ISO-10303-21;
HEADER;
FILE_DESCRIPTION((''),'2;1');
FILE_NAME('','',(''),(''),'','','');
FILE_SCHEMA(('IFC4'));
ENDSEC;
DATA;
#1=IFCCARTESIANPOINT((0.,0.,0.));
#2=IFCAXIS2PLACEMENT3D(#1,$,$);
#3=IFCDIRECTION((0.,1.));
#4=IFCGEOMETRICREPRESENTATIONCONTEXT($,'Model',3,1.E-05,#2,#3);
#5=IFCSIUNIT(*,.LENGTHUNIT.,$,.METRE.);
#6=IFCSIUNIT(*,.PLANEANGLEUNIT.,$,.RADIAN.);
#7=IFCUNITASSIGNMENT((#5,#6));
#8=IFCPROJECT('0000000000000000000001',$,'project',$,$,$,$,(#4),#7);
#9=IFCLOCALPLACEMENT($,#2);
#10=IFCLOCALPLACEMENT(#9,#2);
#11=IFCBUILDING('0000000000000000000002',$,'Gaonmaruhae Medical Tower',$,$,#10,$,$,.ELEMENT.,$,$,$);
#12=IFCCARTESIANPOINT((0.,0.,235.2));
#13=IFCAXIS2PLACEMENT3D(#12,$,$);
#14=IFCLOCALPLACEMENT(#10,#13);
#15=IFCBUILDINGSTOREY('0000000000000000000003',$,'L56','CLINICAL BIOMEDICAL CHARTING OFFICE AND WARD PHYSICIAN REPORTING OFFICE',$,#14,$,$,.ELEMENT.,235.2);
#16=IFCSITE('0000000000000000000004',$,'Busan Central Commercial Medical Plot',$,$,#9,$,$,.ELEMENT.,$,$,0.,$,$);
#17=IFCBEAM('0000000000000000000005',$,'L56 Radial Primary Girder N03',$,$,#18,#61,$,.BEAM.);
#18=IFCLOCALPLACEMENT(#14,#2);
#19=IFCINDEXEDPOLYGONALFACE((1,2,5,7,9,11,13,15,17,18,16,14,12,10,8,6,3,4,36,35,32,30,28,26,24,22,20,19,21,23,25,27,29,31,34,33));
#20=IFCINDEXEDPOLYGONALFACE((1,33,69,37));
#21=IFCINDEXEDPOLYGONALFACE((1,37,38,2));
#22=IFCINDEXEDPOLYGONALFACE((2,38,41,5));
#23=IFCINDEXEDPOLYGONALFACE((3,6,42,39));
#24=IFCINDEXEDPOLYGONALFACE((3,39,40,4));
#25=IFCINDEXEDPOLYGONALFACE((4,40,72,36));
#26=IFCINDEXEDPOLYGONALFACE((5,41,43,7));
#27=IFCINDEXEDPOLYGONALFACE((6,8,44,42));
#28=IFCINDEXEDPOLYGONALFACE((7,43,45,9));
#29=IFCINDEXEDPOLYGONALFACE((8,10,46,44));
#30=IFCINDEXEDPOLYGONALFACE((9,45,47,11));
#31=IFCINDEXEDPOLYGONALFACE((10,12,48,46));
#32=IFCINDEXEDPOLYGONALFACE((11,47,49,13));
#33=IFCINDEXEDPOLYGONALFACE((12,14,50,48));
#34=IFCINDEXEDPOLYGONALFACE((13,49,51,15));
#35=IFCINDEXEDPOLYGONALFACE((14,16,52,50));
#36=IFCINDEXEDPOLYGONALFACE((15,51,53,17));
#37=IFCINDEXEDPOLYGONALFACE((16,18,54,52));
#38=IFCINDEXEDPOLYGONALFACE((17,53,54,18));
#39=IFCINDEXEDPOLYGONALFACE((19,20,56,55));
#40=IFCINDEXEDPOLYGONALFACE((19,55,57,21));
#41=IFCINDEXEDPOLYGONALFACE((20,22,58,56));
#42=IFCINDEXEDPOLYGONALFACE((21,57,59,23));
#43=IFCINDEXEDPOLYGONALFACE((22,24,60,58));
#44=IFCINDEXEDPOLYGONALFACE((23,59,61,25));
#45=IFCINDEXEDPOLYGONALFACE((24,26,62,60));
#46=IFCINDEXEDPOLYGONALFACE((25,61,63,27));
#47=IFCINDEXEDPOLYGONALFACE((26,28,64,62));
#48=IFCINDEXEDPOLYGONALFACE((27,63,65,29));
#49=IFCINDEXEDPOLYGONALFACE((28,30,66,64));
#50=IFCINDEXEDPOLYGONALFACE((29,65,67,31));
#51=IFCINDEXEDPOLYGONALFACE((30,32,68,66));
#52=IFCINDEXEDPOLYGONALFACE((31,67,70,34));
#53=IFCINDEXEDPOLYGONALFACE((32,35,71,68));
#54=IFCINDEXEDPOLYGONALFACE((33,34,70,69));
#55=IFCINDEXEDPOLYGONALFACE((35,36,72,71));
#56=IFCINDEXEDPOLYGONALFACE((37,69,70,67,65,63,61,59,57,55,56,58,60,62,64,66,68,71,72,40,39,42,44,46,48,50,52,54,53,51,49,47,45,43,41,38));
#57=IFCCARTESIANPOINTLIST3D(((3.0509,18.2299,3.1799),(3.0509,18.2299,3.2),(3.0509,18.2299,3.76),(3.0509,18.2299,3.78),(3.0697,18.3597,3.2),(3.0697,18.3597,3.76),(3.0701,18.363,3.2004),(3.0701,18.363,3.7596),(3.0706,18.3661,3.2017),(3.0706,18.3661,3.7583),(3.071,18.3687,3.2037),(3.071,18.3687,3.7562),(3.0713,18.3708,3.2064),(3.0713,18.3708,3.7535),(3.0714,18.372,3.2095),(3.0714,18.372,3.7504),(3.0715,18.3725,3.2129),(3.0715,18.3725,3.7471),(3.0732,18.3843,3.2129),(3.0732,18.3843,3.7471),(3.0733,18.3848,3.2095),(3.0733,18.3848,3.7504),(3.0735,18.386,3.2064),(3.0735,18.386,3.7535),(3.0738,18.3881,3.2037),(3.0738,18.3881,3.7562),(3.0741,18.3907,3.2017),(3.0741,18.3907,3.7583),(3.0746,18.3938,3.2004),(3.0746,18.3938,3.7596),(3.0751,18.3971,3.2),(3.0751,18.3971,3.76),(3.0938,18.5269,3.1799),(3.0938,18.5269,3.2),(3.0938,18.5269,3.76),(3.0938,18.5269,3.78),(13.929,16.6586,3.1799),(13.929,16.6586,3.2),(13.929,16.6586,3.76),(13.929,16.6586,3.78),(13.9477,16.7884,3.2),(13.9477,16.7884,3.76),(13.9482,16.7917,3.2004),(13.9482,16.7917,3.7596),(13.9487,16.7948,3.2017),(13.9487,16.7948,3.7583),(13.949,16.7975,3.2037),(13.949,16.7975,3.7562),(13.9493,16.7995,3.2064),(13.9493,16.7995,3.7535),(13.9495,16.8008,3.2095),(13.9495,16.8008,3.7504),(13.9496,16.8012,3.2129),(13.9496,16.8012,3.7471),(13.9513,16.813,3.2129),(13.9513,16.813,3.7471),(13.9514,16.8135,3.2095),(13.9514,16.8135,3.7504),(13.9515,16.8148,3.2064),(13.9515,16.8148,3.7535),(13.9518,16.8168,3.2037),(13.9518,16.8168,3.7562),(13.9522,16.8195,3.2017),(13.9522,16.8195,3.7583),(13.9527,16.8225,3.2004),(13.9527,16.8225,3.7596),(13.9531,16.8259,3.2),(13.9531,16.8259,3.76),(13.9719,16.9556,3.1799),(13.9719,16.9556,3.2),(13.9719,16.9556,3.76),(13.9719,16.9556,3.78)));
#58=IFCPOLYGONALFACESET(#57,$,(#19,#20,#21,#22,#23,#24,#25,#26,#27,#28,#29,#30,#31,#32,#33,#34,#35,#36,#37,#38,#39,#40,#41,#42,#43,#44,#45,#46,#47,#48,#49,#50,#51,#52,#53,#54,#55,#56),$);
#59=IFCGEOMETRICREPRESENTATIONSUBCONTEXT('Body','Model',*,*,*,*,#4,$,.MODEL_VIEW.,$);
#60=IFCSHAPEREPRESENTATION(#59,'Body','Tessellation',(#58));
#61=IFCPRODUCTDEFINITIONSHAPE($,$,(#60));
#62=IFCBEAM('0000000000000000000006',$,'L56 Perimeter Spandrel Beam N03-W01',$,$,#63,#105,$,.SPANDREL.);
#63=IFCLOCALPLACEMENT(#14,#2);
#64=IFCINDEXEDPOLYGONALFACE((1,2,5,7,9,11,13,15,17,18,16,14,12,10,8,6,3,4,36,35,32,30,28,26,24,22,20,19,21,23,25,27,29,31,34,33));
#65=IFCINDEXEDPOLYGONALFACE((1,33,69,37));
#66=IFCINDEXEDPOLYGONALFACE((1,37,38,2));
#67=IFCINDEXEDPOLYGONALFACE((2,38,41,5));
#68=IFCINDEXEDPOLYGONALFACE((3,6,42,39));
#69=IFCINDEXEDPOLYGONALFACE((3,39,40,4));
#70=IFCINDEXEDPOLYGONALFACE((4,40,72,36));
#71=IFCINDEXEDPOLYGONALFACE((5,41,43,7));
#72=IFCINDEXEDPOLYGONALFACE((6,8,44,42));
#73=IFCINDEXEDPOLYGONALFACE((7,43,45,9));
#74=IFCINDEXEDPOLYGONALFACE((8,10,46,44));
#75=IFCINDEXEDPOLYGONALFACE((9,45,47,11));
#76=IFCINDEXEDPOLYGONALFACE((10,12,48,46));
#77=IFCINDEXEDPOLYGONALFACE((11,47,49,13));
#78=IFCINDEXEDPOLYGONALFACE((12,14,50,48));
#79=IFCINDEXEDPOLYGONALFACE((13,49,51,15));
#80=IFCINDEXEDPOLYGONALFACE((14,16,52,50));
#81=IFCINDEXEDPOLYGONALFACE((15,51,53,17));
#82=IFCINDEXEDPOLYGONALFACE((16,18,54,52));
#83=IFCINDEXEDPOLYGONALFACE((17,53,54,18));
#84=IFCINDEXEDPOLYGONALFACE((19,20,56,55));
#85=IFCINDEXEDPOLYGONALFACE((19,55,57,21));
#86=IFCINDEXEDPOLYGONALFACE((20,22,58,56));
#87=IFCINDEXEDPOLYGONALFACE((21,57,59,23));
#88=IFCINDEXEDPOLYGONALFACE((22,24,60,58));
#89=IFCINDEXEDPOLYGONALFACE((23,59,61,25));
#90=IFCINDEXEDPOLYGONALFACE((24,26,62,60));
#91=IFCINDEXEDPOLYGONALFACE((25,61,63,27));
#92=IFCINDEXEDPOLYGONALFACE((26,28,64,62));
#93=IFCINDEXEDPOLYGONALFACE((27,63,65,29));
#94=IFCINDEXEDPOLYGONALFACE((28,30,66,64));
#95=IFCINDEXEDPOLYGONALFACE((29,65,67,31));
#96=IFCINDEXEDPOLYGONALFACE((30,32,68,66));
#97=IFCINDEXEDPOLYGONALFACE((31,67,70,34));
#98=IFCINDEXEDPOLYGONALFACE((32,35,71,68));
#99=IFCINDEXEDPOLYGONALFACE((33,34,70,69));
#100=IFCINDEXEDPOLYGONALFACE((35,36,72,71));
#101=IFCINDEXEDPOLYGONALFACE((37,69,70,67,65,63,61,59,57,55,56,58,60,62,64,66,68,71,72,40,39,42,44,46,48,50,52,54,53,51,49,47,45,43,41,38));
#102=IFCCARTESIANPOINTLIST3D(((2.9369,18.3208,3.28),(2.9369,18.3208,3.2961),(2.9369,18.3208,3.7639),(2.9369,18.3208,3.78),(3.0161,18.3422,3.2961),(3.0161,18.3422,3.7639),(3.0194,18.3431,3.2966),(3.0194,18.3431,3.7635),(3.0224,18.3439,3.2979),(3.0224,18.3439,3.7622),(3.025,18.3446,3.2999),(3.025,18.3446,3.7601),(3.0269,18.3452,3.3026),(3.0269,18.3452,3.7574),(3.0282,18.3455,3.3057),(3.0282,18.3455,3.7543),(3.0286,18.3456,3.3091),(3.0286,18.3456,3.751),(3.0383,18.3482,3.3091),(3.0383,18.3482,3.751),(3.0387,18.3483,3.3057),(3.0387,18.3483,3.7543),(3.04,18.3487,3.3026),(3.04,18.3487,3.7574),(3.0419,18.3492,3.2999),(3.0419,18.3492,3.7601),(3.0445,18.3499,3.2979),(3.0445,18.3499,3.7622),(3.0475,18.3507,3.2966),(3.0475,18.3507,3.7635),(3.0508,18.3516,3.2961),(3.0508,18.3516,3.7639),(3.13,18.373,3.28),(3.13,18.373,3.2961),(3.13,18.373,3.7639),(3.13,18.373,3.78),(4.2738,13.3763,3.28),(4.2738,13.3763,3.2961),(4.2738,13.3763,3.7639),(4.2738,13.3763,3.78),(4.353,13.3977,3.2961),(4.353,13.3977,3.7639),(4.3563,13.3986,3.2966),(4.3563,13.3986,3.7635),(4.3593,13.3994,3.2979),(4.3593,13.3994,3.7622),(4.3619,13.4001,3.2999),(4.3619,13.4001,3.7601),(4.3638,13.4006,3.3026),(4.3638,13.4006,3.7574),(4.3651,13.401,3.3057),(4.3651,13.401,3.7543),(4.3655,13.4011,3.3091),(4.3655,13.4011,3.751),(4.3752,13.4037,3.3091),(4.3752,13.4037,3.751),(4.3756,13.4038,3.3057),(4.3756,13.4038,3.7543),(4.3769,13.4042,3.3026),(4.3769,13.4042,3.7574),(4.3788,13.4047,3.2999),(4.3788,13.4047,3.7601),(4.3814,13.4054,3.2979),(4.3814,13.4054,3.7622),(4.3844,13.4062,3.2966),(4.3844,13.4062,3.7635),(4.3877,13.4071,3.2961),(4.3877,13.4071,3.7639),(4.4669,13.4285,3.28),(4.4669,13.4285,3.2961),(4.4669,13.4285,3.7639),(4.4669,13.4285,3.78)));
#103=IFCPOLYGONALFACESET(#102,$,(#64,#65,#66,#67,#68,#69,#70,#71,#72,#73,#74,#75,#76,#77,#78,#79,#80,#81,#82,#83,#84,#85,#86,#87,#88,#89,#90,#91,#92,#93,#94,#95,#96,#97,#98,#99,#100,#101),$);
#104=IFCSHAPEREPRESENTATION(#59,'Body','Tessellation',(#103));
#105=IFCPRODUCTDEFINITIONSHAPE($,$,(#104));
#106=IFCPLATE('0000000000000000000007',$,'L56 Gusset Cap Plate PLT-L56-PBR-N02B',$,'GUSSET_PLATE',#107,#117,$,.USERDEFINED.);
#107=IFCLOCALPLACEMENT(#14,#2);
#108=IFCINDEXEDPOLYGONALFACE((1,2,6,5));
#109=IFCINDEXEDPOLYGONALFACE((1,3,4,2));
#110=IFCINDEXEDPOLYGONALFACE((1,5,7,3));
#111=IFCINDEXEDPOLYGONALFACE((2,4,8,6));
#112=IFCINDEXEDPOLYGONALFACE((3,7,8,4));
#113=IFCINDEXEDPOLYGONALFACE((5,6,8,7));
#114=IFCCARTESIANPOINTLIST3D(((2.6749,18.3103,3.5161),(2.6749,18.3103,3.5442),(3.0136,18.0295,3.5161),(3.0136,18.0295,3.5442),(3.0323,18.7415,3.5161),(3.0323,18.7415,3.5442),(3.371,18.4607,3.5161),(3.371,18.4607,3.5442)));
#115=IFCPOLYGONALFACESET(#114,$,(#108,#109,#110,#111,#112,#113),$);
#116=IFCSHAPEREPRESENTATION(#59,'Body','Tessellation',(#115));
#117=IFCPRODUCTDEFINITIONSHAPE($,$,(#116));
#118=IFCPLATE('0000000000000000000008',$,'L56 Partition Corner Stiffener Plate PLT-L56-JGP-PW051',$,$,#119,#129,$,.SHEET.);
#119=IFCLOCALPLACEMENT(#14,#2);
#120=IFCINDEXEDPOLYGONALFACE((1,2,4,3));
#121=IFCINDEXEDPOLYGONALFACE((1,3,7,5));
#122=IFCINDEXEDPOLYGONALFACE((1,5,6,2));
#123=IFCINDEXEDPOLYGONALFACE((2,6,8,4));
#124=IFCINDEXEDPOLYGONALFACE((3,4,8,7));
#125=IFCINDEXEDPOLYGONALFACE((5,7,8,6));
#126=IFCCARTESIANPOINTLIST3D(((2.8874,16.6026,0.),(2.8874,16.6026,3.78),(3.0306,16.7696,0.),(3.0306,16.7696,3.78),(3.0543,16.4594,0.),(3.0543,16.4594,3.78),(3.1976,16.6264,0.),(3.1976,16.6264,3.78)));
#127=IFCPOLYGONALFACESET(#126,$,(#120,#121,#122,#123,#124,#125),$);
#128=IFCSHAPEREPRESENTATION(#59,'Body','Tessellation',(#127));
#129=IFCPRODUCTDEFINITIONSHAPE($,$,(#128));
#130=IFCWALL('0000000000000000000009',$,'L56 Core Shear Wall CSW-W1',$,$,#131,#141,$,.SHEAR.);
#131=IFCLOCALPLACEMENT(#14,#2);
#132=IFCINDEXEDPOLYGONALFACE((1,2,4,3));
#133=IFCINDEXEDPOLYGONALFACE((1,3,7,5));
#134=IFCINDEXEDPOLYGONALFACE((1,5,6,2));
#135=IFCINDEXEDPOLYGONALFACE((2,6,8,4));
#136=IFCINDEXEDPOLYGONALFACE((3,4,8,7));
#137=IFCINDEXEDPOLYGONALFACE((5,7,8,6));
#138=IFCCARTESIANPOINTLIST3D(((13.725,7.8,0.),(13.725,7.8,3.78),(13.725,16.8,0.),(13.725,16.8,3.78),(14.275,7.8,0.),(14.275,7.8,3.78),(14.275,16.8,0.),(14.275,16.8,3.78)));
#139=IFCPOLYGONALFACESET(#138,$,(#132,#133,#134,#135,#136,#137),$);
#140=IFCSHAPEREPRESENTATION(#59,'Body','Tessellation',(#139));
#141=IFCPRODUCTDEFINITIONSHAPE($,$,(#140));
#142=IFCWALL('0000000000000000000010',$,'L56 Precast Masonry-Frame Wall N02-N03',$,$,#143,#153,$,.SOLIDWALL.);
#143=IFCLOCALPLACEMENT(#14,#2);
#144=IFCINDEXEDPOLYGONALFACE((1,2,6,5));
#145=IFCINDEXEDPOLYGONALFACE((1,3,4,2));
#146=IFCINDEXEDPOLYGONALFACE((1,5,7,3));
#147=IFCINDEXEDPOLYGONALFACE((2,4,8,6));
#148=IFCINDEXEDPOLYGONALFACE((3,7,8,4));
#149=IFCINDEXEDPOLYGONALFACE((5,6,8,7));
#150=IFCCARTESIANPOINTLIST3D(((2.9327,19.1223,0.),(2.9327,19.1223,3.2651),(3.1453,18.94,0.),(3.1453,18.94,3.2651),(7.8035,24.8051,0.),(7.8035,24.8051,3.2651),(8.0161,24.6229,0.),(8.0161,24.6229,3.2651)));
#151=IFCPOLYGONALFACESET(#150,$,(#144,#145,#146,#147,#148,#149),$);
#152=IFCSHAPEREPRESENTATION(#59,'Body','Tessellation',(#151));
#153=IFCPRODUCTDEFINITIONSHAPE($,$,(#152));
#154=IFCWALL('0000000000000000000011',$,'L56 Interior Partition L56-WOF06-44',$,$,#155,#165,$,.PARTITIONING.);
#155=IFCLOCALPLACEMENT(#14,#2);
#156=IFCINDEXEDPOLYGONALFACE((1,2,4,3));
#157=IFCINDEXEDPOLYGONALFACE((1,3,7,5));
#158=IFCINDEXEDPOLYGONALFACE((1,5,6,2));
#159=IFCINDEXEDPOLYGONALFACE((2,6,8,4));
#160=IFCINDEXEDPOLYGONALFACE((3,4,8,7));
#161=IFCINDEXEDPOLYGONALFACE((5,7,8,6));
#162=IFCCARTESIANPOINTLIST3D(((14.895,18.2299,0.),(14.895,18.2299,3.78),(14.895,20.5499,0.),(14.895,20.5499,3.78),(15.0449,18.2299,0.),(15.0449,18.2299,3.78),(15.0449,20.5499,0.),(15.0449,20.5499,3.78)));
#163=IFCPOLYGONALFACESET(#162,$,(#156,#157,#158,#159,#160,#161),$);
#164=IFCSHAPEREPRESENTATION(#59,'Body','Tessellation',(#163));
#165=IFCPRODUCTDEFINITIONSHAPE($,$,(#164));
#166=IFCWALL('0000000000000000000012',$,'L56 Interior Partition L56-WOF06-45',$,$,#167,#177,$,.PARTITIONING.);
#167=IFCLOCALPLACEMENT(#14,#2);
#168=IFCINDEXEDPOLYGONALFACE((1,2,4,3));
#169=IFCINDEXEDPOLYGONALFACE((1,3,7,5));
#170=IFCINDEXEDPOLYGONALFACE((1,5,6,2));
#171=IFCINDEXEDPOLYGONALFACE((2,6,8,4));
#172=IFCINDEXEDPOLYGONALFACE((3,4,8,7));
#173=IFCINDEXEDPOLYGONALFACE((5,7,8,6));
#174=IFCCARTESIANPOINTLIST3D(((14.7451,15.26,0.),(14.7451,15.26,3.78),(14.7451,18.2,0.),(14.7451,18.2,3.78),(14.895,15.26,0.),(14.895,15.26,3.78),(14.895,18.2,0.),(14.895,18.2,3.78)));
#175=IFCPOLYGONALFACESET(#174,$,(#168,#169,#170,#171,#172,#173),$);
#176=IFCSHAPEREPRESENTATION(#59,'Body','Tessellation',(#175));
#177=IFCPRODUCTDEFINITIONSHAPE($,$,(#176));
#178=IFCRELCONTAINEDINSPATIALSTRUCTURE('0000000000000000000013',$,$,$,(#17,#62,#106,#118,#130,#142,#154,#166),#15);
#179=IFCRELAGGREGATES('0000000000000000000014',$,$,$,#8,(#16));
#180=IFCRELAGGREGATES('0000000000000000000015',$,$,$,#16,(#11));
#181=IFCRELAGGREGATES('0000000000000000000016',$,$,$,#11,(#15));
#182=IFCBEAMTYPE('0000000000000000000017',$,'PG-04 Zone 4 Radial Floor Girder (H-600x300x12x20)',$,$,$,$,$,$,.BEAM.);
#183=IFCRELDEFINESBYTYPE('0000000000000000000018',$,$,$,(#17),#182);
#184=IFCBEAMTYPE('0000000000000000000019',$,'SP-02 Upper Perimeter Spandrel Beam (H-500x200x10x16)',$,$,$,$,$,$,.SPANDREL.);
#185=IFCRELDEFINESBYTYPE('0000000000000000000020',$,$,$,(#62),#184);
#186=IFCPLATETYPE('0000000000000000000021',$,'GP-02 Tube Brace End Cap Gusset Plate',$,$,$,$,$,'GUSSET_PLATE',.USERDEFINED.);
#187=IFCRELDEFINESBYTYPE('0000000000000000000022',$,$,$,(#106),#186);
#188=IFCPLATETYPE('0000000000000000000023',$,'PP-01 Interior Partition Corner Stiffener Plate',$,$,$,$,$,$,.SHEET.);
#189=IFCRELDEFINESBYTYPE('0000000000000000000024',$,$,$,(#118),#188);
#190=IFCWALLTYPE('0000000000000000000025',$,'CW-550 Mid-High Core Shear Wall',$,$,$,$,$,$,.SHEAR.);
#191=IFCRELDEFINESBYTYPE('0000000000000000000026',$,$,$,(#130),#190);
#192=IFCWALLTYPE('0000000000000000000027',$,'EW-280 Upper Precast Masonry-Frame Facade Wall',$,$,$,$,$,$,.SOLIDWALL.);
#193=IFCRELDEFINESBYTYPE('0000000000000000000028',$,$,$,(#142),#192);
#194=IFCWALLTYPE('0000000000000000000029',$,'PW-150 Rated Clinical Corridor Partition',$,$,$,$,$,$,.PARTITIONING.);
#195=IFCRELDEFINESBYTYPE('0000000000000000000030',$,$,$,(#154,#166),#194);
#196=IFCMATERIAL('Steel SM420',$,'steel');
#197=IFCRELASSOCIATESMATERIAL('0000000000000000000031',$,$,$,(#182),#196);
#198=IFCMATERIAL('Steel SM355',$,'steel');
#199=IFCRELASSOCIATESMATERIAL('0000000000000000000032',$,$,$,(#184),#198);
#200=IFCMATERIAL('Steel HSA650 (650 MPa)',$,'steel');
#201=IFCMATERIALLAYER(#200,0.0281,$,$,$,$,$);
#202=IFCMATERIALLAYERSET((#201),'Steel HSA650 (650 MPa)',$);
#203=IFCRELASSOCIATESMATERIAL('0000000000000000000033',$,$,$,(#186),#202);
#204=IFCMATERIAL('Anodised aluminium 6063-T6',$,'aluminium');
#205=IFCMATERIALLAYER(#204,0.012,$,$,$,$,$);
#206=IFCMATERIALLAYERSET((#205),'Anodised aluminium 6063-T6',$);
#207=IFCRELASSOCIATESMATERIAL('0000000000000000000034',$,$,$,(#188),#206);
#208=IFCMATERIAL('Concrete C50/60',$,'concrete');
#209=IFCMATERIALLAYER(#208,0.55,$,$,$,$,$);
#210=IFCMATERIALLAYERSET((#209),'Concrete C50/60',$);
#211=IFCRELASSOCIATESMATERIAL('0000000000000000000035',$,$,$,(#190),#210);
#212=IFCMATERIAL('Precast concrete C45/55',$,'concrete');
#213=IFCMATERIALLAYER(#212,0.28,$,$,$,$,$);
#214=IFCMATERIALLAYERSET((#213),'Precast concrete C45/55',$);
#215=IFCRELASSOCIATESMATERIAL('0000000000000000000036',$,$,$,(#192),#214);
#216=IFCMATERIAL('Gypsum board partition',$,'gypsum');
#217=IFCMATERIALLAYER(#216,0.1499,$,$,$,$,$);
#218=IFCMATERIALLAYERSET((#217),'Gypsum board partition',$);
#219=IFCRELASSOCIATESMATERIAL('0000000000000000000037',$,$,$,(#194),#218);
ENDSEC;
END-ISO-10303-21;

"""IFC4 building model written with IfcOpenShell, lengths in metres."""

from ifc_helpers import new_model, si_unit, direction, frame, frame_2d, origin, origin_2d, place, context, subcontext, project, spatial, rectangle, i_section, extrude, material, layer, layer_set, material_profile, profile_set, type_object, element, save


model = new_model("IFC4")

# Units and contexts
model_context = context("Model", 3, precision=1e-05, world=origin(), true_north=direction((0.0, 1.0)))
body_context = subcontext(model_context, "Body", "Model", "MODEL_VIEW")
ifc_project = project(units=[si_unit("LENGTHUNIT", "METRE"), si_unit("PLANEANGLEUNIT", "RADIAN")], contexts=[model_context])

# Site, building, storey
site_placement = place(None, origin())
site = spatial("IfcSite", under=ifc_project, at=site_placement, Name="Busan Central Commercial Medical Plot", CompositionType="ELEMENT", RefElevation=0.0)
building_placement = place(site_placement, origin())
building = spatial("IfcBuilding", under=site, at=building_placement, Name="Gaonmaruhae Medical Tower", CompositionType="ELEMENT")
storey_placement = place(building_placement, frame((0.0, 0.0, 235.2)))
storey = spatial("IfcBuildingStorey", under=building, at=storey_placement, Name="L56", Description="CLINICAL BIOMEDICAL CHARTING OFFICE AND WARD PHYSICIAN REPORTING OFFICE", CompositionType="ELEMENT", Elevation=235.2)

# Shared definitions
ifc_material_1 = material(Name="Concrete C50/60", Category="concrete")

# Beams
ifc_material_2 = material(Name="Steel SM355", Category="steel")
ifc_material_3 = material(Name="Steel SM420", Category="steel")
ifc_material_profile_1 = material_profile(ifc_material_3, i_section(OverallWidth=0.3, OverallDepth=0.6001, WebThickness=0.012, FlangeThickness=0.02, FilletRadius=0.0129, at=origin_2d()), Name="H-600x300x12x20")
ifc_profile_set_1 = profile_set([ifc_material_profile_1], Name="Steel SM420")
beam_type_1 = type_object("IfcBeamType", Name="PG-04 Zone 4 Radial Floor Girder (H-600x300x12x20)", PredefinedType="BEAM", material=ifc_profile_set_1)
beam_1_placement = place(storey_placement, frame((13.9504, 16.8071, 3.48), z_axis=(-0.989728, 0.142961, 0.0), x_axis=(-0.142961, -0.989728, 0.0)))
element("IfcBeam", 1, at=beam_1_placement, inside=storey, type_object=beam_type_1, Name="L56 Radial Primary Girder N03", PredefinedType="BEAM", context=body_context, shape_type="SweptSolid", body=[
    extrude(i_section(OverallWidth=0.3, OverallDepth=0.6001, WebThickness=0.012, FlangeThickness=0.02, FilletRadius=0.0129, at=origin_2d()), origin(), (0.0, 0.0, 1.0), 10.991),
])
ifc_material_profile_2 = material_profile(ifc_material_2, i_section(OverallWidth=0.2, OverallDepth=0.5, WebThickness=0.01, FlangeThickness=0.0161, FilletRadius=0.0129, at=origin_2d()), Name="H-500x200x10x16")
ifc_profile_set_2 = profile_set([ifc_material_profile_2], Name="Steel SM355")
beam_type_2 = type_object("IfcBeamType", Name="SP-02 Upper Perimeter Spandrel Beam (H-500x200x10x16)", PredefinedType="SPANDREL", material=ifc_profile_set_2)
beam_2_placement = place(storey_placement, frame((3.0334, 18.3469, 3.53), z_axis=(0.261007, -0.965337, 0.0), x_axis=(0.965337, 0.261007, 0.0)))
element("IfcBeam", 2, at=beam_2_placement, inside=storey, type_object=beam_type_2, Name="L56 Perimeter Spandrel Beam N03-W01", PredefinedType="SPANDREL", context=body_context, shape_type="SweptSolid", body=[
    extrude(i_section(OverallWidth=0.2, OverallDepth=0.5, WebThickness=0.01, FlangeThickness=0.0161, FilletRadius=0.0129, at=origin_2d()), origin(), (0.0, 0.0, 1.0), 5.1221),
])

# Plates
ifc_material_4 = material(Name="Steel HSA650 (650 MPa)", Category="steel")
ifc_layer_1 = layer(ifc_material_4, 0.0281)
ifc_layer_set_1 = layer_set([ifc_layer_1], Name="Steel HSA650 (650 MPa)")
plate_type_1 = type_object("IfcPlateType", Name="GP-02 Tube Brace End Cap Gusset Plate", ElementType="GUSSET_PLATE", PredefinedType="USERDEFINED", material=ifc_layer_set_1)
plate_1_placement = place(storey_placement, frame((3.0229, 18.3855, 3.5161), z_axis=(0.0, 0.0, 1.0), x_axis=(0.638096, 0.769957, 0.0)))
element("IfcPlate", 3, at=plate_1_placement, inside=storey, type_object=plate_type_1, Name="L56 Gusset Cap Plate PLT-L56-PBR-N02B", ObjectType="GUSSET_PLATE", PredefinedType="USERDEFINED", context=body_context, shape_type="SweptSolid", body=[
    extrude(rectangle(XDim=0.5601, YDim=0.4399, at=origin_2d()), origin(), (0.0, 0.0, 1.0), 0.0281),
])
ifc_material_5 = material(Name="Anodised aluminium 6063-T6", Category="aluminium")
ifc_layer_2 = layer(ifc_material_5, 0.012)
ifc_layer_set_2 = layer_set([ifc_layer_2], Name="Anodised aluminium 6063-T6")
plate_type_2 = type_object("IfcPlateType", Name="PP-01 Interior Partition Corner Stiffener Plate", PredefinedType="SHEET", material=ifc_layer_set_2)
plate_2_placement = place(storey_placement, frame((3.0425, 16.6145, 0.0), z_axis=(0.0, 0.0, 1.0), x_axis=(0.651105, 0.758987, 0.0)))
element("IfcPlate", 4, at=plate_2_placement, inside=storey, type_object=plate_type_2, Name="L56 Partition Corner Stiffener Plate PLT-L56-JGP-PW051", PredefinedType="SHEET", context=body_context, shape_type="SweptSolid", body=[
    extrude(rectangle(XDim=0.22, YDim=0.22, at=origin_2d()), origin(), (0.0, 0.0, 1.0), 3.78),
])

# Walls
ifc_layer_3 = layer(ifc_material_1, 0.55)
ifc_layer_set_3 = layer_set([ifc_layer_3], Name="Concrete C50/60")
wall_type_1 = type_object("IfcWallType", Name="CW-550 Mid-High Core Shear Wall", PredefinedType="SHEAR", material=ifc_layer_set_3)
wall_1_placement = place(storey_placement, frame((14.0, 16.8, 0.0), z_axis=(0.0, 0.0, 1.0), x_axis=(0.0, -1.0, 0.0)))
element("IfcWall", 5, at=wall_1_placement, inside=storey, type_object=wall_type_1, Name="L56 Core Shear Wall CSW-W1", PredefinedType="SHEAR", context=body_context, shape_type="SweptSolid", body=[
    extrude(rectangle(XDim=9.0, YDim=0.55, at=frame_2d((4.5, 0.0))), origin(), (0.0, 0.0, 1.0), 3.78),
])
ifc_material_6 = material(Name="Precast concrete C45/55", Category="concrete")
ifc_layer_4 = layer(ifc_material_6, 0.28)
ifc_layer_set_4 = layer_set([ifc_layer_4], Name="Precast concrete C45/55")
wall_type_2 = type_object("IfcWallType", Name="EW-280 Upper Precast Masonry-Frame Facade Wall", PredefinedType="SOLIDWALL", material=ifc_layer_set_4)
wall_2_placement = place(storey_placement, frame((3.0391, 19.0312, 0.0), z_axis=(0.0, 0.0, 1.0), x_axis=(0.650778, 0.759268, 0.0)))
element("IfcWall", 6, at=wall_2_placement, inside=storey, type_object=wall_type_2, Name="L56 Precast Masonry-Frame Wall N02-N03", PredefinedType="SOLIDWALL", context=body_context, shape_type="SweptSolid", body=[
    extrude(rectangle(XDim=7.4846, YDim=0.28, at=frame_2d((3.7422, 0.0))), origin(), (0.0, 0.0, 1.0), 3.2651),
])
ifc_material_7 = material(Name="Gypsum board partition", Category="gypsum")
ifc_layer_5 = layer(ifc_material_7, 0.1499)
ifc_layer_set_5 = layer_set([ifc_layer_5], Name="Gypsum board partition")
wall_type_3 = type_object("IfcWallType", Name="PW-150 Rated Clinical Corridor Partition", PredefinedType="PARTITIONING", material=ifc_layer_set_5)
wall_3_placement = place(storey_placement, frame((14.97, 20.55, 0.0), z_axis=(0.0, 0.0, 1.0), x_axis=(0.0, -1.0, 0.0)))
element("IfcWall", 7, at=wall_3_placement, inside=storey, type_object=wall_type_3, Name="L56 Interior Partition L56-WOF06-44", PredefinedType="PARTITIONING", context=body_context, shape_type="SweptSolid", body=[
    extrude(rectangle(XDim=2.3201, YDim=0.1499, at=frame_2d((1.1602, 0.0))), origin(), (0.0, 0.0, 1.0), 3.78),
])
wall_4_placement = place(storey_placement, frame((14.8201, 18.2, 0.0), z_axis=(0.0, 0.0, 1.0), x_axis=(0.0, -1.0, 0.0)))
element("IfcWall", 8, at=wall_4_placement, inside=storey, type_object=wall_type_3, Name="L56 Interior Partition L56-WOF06-45", PredefinedType="PARTITIONING", context=body_context, shape_type="SweptSolid", body=[
    extrude(rectangle(XDim=2.9399, YDim=0.1499, at=frame_2d((1.47, 0.0))), origin(), (0.0, 0.0, 1.0), 3.78),
])

save(model, "model.ifc")
